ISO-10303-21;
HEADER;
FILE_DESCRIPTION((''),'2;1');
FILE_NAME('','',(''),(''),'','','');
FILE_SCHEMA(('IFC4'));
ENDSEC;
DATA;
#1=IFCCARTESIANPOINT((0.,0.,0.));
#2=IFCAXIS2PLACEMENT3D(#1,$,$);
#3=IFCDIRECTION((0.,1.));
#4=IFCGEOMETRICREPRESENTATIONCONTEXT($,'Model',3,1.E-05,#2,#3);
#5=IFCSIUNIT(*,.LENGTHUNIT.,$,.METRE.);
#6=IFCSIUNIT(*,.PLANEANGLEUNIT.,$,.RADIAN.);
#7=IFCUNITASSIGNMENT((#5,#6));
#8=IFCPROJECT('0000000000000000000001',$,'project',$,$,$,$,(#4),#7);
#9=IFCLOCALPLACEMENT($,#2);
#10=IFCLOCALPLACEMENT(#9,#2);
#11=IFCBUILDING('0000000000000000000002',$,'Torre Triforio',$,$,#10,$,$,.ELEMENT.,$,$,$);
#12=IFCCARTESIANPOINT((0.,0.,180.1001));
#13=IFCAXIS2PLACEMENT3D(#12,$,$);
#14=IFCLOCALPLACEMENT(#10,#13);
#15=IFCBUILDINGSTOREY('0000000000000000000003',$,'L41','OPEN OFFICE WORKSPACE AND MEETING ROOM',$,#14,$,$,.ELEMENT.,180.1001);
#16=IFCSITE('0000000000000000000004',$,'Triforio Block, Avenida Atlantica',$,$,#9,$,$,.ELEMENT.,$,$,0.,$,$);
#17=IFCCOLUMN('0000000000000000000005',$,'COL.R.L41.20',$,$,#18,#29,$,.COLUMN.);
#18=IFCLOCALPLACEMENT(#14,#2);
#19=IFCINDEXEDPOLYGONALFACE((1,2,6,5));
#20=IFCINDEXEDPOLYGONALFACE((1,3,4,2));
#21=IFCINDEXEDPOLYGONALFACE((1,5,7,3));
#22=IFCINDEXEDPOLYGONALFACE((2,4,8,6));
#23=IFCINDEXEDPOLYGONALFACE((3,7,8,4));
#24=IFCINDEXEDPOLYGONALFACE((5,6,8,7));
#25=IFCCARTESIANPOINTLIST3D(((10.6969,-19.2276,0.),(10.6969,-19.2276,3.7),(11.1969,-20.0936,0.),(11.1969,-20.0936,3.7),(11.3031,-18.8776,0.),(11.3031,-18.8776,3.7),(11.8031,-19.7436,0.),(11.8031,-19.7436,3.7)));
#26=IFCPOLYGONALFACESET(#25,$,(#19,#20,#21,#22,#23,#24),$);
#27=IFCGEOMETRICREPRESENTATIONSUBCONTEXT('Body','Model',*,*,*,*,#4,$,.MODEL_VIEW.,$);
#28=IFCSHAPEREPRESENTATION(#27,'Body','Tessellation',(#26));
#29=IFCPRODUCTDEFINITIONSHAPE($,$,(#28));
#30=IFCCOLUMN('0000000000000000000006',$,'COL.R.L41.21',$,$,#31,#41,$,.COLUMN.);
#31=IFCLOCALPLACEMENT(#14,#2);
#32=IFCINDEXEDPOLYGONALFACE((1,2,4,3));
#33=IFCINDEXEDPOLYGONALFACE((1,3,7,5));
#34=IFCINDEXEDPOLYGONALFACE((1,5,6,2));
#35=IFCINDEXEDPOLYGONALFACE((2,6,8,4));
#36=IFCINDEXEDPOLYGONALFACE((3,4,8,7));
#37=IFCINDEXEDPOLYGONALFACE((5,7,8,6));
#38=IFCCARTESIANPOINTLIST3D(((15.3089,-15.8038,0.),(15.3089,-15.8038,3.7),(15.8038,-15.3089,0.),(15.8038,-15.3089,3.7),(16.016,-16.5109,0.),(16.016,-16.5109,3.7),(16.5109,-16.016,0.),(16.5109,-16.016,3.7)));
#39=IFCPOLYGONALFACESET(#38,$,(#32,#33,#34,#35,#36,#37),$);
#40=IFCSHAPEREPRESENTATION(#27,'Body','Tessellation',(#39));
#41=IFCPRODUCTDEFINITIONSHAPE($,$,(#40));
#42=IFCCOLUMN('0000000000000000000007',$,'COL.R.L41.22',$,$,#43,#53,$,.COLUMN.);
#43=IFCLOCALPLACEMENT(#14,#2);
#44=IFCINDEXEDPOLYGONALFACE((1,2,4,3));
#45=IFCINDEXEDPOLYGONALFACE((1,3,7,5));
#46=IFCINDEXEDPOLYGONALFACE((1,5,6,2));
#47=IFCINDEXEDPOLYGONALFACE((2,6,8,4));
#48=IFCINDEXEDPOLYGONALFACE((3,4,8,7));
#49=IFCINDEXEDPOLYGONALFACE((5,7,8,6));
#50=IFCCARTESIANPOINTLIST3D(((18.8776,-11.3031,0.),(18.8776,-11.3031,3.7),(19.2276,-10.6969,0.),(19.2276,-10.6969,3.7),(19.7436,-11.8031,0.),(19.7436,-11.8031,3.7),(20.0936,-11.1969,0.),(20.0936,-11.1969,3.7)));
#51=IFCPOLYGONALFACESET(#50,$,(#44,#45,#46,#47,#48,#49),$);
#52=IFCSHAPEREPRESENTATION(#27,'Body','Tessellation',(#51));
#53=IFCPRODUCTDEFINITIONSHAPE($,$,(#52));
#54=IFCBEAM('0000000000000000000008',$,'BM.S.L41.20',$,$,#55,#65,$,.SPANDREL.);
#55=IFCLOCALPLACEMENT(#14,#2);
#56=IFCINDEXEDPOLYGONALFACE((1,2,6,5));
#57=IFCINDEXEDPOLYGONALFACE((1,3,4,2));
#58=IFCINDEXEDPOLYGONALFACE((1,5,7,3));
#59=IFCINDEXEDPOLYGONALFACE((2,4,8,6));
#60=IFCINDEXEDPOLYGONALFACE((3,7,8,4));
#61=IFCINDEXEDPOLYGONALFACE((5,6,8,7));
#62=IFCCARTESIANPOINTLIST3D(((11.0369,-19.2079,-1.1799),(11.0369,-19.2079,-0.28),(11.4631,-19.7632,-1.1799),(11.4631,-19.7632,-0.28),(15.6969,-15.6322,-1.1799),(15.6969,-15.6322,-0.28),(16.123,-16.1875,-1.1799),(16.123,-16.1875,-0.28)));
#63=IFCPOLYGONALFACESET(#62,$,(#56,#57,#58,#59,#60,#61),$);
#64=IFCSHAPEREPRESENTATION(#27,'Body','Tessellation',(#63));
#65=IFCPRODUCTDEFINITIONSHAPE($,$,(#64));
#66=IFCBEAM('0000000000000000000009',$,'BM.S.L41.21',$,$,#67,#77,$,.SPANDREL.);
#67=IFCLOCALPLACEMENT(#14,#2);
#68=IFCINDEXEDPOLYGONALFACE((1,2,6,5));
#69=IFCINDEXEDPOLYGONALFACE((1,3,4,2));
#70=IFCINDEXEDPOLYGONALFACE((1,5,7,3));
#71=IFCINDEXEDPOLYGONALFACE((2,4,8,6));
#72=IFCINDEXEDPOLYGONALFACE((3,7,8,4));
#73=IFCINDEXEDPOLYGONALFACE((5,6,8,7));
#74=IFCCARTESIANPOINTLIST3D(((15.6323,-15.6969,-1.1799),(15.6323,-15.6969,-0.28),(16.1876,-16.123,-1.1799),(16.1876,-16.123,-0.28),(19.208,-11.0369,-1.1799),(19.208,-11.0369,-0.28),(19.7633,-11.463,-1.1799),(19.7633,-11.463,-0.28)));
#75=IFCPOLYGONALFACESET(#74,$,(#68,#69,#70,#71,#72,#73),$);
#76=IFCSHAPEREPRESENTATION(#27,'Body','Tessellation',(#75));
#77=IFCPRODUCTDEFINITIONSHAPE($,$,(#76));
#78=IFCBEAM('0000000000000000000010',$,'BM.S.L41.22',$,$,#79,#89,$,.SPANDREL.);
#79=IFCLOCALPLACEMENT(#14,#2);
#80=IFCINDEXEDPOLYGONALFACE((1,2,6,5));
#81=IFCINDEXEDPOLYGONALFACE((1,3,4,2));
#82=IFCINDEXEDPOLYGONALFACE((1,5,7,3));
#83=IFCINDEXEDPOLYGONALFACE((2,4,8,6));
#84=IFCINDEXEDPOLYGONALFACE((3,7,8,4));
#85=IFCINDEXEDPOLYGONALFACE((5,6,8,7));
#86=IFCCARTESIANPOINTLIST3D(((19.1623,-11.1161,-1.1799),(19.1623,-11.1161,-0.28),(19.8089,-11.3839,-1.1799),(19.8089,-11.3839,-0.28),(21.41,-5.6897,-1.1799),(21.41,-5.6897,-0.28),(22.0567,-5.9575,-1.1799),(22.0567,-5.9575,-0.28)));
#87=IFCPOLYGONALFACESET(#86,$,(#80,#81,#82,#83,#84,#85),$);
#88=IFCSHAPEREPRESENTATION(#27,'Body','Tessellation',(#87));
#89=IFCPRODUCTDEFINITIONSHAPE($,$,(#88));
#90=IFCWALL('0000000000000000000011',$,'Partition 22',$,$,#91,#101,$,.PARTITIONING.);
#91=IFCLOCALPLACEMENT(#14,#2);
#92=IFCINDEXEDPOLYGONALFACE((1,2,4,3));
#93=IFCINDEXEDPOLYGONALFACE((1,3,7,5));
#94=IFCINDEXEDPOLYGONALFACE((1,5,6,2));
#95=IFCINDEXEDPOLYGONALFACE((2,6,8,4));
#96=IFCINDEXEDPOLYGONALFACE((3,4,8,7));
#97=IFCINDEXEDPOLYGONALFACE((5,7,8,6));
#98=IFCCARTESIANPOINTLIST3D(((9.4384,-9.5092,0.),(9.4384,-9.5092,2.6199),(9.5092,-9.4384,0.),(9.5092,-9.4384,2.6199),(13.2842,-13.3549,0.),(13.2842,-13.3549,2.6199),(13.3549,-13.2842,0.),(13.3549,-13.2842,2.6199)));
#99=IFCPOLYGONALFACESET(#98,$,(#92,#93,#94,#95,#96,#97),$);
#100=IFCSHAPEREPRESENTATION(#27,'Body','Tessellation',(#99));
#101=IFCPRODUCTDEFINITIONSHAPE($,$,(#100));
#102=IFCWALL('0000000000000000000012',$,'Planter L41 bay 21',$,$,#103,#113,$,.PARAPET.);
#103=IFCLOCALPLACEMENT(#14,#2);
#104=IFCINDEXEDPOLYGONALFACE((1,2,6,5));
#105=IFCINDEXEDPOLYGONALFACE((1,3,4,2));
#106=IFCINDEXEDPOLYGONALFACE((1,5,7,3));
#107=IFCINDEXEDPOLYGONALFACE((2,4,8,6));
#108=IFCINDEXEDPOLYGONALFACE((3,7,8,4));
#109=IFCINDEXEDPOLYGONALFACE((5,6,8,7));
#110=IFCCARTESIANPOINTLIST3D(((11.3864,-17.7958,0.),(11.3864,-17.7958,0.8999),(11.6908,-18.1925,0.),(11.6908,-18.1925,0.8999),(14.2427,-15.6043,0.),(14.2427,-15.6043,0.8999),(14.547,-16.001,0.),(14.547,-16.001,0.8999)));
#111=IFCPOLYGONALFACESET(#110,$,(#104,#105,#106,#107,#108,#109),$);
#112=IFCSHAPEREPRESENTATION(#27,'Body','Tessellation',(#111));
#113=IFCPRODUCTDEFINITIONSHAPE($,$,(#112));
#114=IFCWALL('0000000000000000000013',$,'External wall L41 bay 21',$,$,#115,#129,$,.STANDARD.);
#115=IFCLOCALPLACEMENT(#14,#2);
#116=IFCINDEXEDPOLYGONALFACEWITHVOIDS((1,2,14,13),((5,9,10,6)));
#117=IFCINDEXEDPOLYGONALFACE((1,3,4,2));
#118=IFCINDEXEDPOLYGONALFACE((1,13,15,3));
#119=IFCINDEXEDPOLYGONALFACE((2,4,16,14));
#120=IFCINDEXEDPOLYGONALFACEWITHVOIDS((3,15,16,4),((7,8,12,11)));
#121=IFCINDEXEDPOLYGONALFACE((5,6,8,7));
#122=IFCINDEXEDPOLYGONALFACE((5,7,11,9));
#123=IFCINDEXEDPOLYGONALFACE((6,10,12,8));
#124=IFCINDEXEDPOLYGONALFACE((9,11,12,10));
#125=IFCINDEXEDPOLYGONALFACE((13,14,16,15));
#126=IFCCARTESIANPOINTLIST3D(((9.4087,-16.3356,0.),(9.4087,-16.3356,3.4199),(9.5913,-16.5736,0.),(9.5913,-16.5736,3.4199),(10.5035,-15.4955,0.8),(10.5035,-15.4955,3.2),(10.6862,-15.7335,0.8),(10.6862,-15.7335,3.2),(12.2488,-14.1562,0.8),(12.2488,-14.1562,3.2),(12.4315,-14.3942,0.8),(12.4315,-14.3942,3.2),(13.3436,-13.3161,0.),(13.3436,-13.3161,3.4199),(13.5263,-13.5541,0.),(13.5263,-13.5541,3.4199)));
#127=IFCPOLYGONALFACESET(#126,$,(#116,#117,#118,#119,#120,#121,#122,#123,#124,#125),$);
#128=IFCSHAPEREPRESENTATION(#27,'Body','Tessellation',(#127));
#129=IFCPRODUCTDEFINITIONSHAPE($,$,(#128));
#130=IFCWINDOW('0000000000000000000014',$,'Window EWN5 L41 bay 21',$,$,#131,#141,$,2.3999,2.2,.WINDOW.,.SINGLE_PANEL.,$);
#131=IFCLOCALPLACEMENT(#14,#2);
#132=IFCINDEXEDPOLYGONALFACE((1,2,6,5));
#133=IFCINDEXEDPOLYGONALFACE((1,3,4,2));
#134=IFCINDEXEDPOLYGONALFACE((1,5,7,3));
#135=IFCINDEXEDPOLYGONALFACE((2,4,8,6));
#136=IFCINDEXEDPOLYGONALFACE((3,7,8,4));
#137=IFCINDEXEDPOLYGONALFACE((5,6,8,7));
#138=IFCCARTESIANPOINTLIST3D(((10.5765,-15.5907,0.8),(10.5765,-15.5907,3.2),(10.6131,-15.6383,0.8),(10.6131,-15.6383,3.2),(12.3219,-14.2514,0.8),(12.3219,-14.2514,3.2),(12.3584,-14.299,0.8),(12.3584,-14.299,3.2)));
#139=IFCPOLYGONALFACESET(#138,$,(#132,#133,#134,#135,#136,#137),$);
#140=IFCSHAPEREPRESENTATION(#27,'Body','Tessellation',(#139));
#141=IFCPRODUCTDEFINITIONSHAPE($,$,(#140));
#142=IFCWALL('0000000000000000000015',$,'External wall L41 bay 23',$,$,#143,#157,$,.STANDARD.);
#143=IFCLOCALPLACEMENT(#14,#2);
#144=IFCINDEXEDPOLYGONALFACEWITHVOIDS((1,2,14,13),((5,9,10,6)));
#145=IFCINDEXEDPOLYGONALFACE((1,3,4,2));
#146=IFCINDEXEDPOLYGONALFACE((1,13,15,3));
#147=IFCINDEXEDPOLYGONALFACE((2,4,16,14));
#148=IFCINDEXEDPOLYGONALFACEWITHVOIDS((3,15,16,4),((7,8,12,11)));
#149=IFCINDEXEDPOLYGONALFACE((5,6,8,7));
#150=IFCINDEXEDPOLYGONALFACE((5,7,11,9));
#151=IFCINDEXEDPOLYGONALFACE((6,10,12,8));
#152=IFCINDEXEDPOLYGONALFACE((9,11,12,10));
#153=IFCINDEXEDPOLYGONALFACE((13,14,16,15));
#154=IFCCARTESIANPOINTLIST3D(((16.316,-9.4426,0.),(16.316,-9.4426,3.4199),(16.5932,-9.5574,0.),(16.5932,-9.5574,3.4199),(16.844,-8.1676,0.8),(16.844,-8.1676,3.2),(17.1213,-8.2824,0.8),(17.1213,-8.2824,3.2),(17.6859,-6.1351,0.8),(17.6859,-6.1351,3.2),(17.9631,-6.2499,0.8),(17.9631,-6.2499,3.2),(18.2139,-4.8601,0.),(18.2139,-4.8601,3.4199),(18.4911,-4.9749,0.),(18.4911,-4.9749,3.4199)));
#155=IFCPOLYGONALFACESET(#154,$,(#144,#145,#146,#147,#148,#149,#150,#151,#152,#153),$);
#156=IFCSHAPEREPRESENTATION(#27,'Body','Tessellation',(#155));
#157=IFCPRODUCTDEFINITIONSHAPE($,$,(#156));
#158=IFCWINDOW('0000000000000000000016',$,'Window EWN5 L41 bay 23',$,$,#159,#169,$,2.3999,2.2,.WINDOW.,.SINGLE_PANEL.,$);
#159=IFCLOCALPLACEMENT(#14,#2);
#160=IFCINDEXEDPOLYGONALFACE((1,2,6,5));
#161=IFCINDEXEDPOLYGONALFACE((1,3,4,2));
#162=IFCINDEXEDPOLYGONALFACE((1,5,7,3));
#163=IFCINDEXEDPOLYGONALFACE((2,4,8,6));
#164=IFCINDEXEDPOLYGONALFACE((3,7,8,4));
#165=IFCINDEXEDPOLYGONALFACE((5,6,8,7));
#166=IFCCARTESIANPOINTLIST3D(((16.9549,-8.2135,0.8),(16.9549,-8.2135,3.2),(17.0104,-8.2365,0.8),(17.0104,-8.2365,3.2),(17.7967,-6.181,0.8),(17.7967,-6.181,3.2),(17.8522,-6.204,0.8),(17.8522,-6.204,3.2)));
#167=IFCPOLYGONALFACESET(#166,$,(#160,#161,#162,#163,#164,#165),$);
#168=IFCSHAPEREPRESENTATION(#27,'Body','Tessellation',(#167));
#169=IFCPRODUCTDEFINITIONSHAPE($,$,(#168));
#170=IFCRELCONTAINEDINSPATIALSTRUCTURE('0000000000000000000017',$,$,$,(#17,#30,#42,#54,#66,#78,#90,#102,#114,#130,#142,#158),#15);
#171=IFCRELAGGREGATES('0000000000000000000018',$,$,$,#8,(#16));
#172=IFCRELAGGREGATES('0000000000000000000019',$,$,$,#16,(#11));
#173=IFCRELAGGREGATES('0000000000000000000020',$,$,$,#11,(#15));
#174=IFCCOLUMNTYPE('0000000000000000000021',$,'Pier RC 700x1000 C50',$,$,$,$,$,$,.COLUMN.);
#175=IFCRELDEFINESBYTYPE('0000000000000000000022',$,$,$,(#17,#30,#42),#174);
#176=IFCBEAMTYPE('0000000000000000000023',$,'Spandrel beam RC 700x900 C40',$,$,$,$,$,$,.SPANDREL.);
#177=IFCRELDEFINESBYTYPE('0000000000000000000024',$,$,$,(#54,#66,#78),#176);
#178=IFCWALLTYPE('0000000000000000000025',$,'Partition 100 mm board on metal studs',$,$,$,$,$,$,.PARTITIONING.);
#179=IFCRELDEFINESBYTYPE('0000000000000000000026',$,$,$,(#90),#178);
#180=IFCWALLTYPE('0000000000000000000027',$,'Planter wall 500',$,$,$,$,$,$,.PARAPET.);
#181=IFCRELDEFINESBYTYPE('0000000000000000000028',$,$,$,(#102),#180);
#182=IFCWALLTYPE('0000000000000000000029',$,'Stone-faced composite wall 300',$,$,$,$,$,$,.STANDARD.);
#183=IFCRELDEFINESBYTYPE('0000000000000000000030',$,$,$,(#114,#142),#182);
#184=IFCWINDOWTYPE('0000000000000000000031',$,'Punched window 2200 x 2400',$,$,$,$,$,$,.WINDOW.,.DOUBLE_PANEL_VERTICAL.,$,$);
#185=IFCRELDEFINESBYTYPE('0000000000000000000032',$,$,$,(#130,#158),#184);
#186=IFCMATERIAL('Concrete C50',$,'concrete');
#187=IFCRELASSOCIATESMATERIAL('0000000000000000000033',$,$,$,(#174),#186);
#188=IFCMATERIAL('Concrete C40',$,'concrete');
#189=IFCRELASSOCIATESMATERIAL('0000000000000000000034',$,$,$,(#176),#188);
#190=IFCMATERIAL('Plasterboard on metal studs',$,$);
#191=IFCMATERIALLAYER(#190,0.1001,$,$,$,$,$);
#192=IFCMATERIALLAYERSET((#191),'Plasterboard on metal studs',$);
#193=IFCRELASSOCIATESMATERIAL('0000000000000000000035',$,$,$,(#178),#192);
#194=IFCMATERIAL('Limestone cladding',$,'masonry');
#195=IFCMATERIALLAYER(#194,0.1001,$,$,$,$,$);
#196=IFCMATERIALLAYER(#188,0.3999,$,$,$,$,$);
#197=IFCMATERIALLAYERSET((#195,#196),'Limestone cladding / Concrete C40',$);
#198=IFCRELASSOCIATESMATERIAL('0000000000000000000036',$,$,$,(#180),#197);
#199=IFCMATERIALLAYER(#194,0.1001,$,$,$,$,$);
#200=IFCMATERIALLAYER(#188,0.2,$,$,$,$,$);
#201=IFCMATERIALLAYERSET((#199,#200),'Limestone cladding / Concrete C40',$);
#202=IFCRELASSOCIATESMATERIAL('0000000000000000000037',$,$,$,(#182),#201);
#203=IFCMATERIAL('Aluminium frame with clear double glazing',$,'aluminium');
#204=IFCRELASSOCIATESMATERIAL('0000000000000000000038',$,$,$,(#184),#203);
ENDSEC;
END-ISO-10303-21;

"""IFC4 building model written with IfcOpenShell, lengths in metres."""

from ifc_helpers import new_model, si_unit, direction, frame, frame_2d, origin, origin_2d, place, context, subcontext, project, spatial, rectangle, extrude, material, layer, layer_set, material_profile, profile_set, type_object, element, fill, save


model = new_model("IFC4")

# Units and contexts
model_context = context("Model", 3, precision=1e-05, world=origin(), true_north=direction((0.0, 1.0)))
body_context = subcontext(model_context, "Body", "Model", "MODEL_VIEW")
ifc_project = project(units=[si_unit("LENGTHUNIT", "METRE"), si_unit("PLANEANGLEUNIT", "RADIAN")], contexts=[model_context])

# Site, building, storey
site_placement = place(None, origin())
site = spatial("IfcSite", under=ifc_project, at=site_placement, Name="Triforio Block, Avenida Atlantica", CompositionType="ELEMENT", RefElevation=0.0)
building_placement = place(site_placement, origin())
building = spatial("IfcBuilding", under=site, at=building_placement, Name="Torre Triforio", CompositionType="ELEMENT")
storey_placement = place(building_placement, frame((0.0, 0.0, 180.1001)))
storey = spatial("IfcBuildingStorey", under=building, at=storey_placement, Name="L41", Description="OPEN OFFICE WORKSPACE AND MEETING ROOM", CompositionType="ELEMENT", Elevation=180.1001)

# Columns
ifc_material_1 = material(Name="Concrete C50", Category="concrete")
ifc_material_profile_1 = material_profile(ifc_material_1, rectangle(XDim=0.7, YDim=1.0, at=origin_2d()), Name="RC 700x1000")
ifc_profile_set_1 = profile_set([ifc_material_profile_1], Name="Concrete C50")
column_type = type_object("IfcColumnType", Name="Pier RC 700x1000 C50", PredefinedType="COLUMN", material=ifc_profile_set_1)
for number, where, z_axis, x_axis, name in (
    (1, (11.25, -19.4856, 0.0), (0.0, 0.0, 1.0), (0.866025, 0.5, 0.0), "COL.R.L41.20"),
    (2, (15.9099, -15.9099, 0.0), (0.0, 0.0, 1.0), (0.707107, 0.707107, 0.0), "COL.R.L41.21"),
    (3, (19.4856, -11.25, 0.0), (0.0, 0.0, 1.0), (0.5, 0.866025, 0.0), "COL.R.L41.22"),
):
    element("IfcColumn", number, at=place(storey_placement, frame(where, z_axis=z_axis, x_axis=x_axis)), inside=storey, type_object=column_type, Name=name, PredefinedType="COLUMN", context=body_context, shape_type="SweptSolid", body=[
        extrude(rectangle(XDim=0.7, YDim=1.0, at=origin_2d()), origin(), (0.0, 0.0, 1.0), 3.7),
    ])

# Beams
ifc_material_2 = material(Name="Concrete C40", Category="concrete")
ifc_material_profile_2 = material_profile(ifc_material_2, rectangle(XDim=0.7, YDim=0.8999, at=origin_2d()), Name="RC 700x900")
ifc_profile_set_2 = profile_set([ifc_material_profile_2], Name="Concrete C40")
beam_type = type_object("IfcBeamType", Name="Spandrel beam RC 700x900 C40", PredefinedType="SPANDREL", material=ifc_profile_set_2)
for number, where, z_axis, x_axis, name in (
    (4, (11.25, -19.4856, -0.73), (0.793353, 0.608762, 0.0), (-0.608762, 0.793353, 0.0), "BM.S.L41.20"),
    (5, (15.9099, -15.9099, -0.73), (0.608762, 0.793353, 0.0), (-0.793353, 0.608762, 0.0), "BM.S.L41.21"),
):
    element("IfcBeam", number, at=place(storey_placement, frame(where, z_axis=z_axis, x_axis=x_axis)), inside=storey, type_object=beam_type, Name=name, PredefinedType="SPANDREL", context=body_context, shape_type="SweptSolid", body=[
        extrude(rectangle(XDim=0.7, YDim=0.8999, at=origin_2d()), origin(), (0.0, 0.0, 1.0), 5.8738),
    ])
beam_placement = place(storey_placement, frame((19.4856, -11.25, -0.73), z_axis=(0.382693, 0.923875, 0.0), x_axis=(-0.923875, 0.382693, 0.0)))
element("IfcBeam", 6, at=beam_placement, inside=storey, type_object=beam_type, Name="BM.S.L41.22", PredefinedType="SPANDREL", context=body_context, shape_type="SweptSolid", body=[
    extrude(rectangle(XDim=0.7, YDim=0.8999, at=origin_2d()), origin(), (0.0, 0.0, 1.0), 5.8735),
])

# Walls
ifc_material_3 = material(Name="Plasterboard on metal studs")
ifc_layer_1 = layer(ifc_material_3, 0.1001)
ifc_layer_set_1 = layer_set([ifc_layer_1], Name="Plasterboard on metal studs")
wall_type_1 = type_object("IfcWallType", Name="Partition 100 mm board on metal studs", PredefinedType="PARTITIONING", material=ifc_layer_set_1)
wall_1_placement = place(storey_placement, frame((9.4739, -9.4739, 0.0), z_axis=(0.0, 0.0, 1.0), x_axis=(0.707107, -0.707107, 0.0)))
element("IfcWall", 7, at=wall_1_placement, inside=storey, type_object=wall_type_1, Name="Partition 22", PredefinedType="PARTITIONING", context=body_context, shape_type="SweptSolid", body=[
    extrude(rectangle(XDim=5.4387, YDim=0.1001, at=frame_2d((2.7192, 0.0))), origin(), (0.0, 0.0, 1.0), 2.6199),
])
ifc_material_4 = material(Name="Limestone cladding", Category="masonry")
ifc_layer_2 = layer(ifc_material_4, 0.1001)
ifc_layer_3 = layer(ifc_material_2, 0.3999)
ifc_layer_set_2 = layer_set([ifc_layer_2, ifc_layer_3], Name="Limestone cladding / Concrete C40")
wall_type_2 = type_object("IfcWallType", Name="Planter wall 500", PredefinedType="PARAPET", material=ifc_layer_set_2)
wall_2_placement = place(storey_placement, frame((11.5386, -17.9941, 0.0), z_axis=(0.0, 0.0, 1.0), x_axis=(0.793385, 0.608721, 0.0)))
element("IfcWall", 8, at=wall_2_placement, inside=storey, type_object=wall_type_2, Name="Planter L41 bay 21", PredefinedType="PARAPET", context=body_context, shape_type="SweptSolid", body=[
    extrude(rectangle(XDim=3.6001, YDim=0.5, at=frame_2d((1.8, 0.0))), origin(), (0.0, 0.0, 1.0), 0.8999),
])

# Wall, opening, window
ifc_layer_4 = layer(ifc_material_4, 0.1001)
ifc_layer_5 = layer(ifc_material_2, 0.2)
ifc_layer_set_3 = layer_set([ifc_layer_4, ifc_layer_5], Name="Limestone cladding / Concrete C40")
wall_type_3 = type_object("IfcWallType", Name="Stone-faced composite wall 300", PredefinedType="STANDARD", material=ifc_layer_set_3)
wall_3_placement = place(storey_placement, frame((9.5, -16.4546, 0.0), z_axis=(0.0, 0.0, 1.0), x_axis=(0.793348, 0.608768, 0.0)))
wall_3 = element("IfcWall", 9, at=wall_3_placement, inside=storey, type_object=wall_type_3, Name="External wall L41 bay 21", PredefinedType="STANDARD", context=body_context, shape_type="SweptSolid", body=[
    extrude(rectangle(XDim=4.96, YDim=0.3, at=frame_2d((2.48, 0.0))), origin(), (0.0, 0.0, 1.0), 3.4199),
])
opening_1_placement = place(wall_3_placement, frame((1.3799, 0.0, 0.8)))
opening_1 = element("IfcOpeningElement", 10, at=opening_1_placement, cuts=wall_3, PredefinedType="OPENING", context=body_context, shape_type="SweptSolid", body=[
    extrude(rectangle(XDim=2.2, YDim=2.3999, at=frame_2d((1.1001, 1.2))), frame((0.0, 0.1599, 0.0), z_axis=(0.0, -1.0, 0.0), x_axis=(1.0, 0.0, 0.0)), (0.0, 0.0, 1.0), 0.3201),
])
ifc_material_5 = material(Name="Aluminium frame with clear double glazing", Category="aluminium")
window_type_1 = type_object("IfcWindowType", Name="Punched window 2200 x 2400", PartitioningType="DOUBLE_PANEL_VERTICAL", PredefinedType="WINDOW", material=ifc_material_5)
window_1_placement = place(opening_1_placement, origin())
window_1 = element("IfcWindow", 11, at=window_1_placement, inside=storey, type_object=window_type_1, Name="Window EWN5 L41 bay 21", OverallHeight=2.3999, OverallWidth=2.2, PartitioningType="SINGLE_PANEL", PredefinedType="WINDOW", context=body_context, shape_type="SweptSolid", body=[
    extrude(rectangle(XDim=2.2, YDim=2.3999, at=frame_2d((1.1001, 1.2))), frame((0.0, 0.03, 0.0), z_axis=(0.0, -1.0, 0.0), x_axis=(1.0, 0.0, 0.0)), (0.0, 0.0, 1.0), 0.0601),
])
fill(opening_1, window_1)

# Wall, opening, window
wall_4_placement = place(storey_placement, frame((16.4546, -9.5, 0.0), z_axis=(0.0, 0.0, 1.0), x_axis=(0.38265, 0.923893, 0.0)))
wall_4 = element("IfcWall", 12, at=wall_4_placement, inside=storey, type_object=wall_type_3, Name="External wall L41 bay 23", PredefinedType="STANDARD", context=body_context, shape_type="SweptSolid", body=[
    extrude(rectangle(XDim=4.96, YDim=0.3, at=frame_2d((2.48, 0.0))), origin(), (0.0, 0.0, 1.0), 3.4199),
])
opening_2_placement = place(wall_4_placement, frame((1.3799, 0.0, 0.8)))
opening_2 = element("IfcOpeningElement", 13, at=opening_2_placement, cuts=wall_4, PredefinedType="OPENING", context=body_context, shape_type="SweptSolid", body=[
    extrude(rectangle(XDim=2.2, YDim=2.3999, at=frame_2d((1.1001, 1.2))), frame((0.0, 0.1599, 0.0), z_axis=(0.0, -1.0, 0.0), x_axis=(1.0, 0.0, 0.0)), (0.0, 0.0, 1.0), 0.3201),
])
window_2_placement = place(opening_2_placement, origin())
window_2 = element("IfcWindow", 14, at=window_2_placement, inside=storey, type_object=window_type_1, Name="Window EWN5 L41 bay 23", OverallHeight=2.3999, OverallWidth=2.2, PartitioningType="SINGLE_PANEL", PredefinedType="WINDOW", context=body_context, shape_type="SweptSolid", body=[
    extrude(rectangle(XDim=2.2, YDim=2.3999, at=frame_2d((1.1001, 1.2))), frame((0.0, 0.03, 0.0), z_axis=(0.0, -1.0, 0.0), x_axis=(1.0, 0.0, 0.0)), (0.0, 0.0, 1.0), 0.0601),
])
fill(opening_2, window_2)

save(model, "model.ifc")
